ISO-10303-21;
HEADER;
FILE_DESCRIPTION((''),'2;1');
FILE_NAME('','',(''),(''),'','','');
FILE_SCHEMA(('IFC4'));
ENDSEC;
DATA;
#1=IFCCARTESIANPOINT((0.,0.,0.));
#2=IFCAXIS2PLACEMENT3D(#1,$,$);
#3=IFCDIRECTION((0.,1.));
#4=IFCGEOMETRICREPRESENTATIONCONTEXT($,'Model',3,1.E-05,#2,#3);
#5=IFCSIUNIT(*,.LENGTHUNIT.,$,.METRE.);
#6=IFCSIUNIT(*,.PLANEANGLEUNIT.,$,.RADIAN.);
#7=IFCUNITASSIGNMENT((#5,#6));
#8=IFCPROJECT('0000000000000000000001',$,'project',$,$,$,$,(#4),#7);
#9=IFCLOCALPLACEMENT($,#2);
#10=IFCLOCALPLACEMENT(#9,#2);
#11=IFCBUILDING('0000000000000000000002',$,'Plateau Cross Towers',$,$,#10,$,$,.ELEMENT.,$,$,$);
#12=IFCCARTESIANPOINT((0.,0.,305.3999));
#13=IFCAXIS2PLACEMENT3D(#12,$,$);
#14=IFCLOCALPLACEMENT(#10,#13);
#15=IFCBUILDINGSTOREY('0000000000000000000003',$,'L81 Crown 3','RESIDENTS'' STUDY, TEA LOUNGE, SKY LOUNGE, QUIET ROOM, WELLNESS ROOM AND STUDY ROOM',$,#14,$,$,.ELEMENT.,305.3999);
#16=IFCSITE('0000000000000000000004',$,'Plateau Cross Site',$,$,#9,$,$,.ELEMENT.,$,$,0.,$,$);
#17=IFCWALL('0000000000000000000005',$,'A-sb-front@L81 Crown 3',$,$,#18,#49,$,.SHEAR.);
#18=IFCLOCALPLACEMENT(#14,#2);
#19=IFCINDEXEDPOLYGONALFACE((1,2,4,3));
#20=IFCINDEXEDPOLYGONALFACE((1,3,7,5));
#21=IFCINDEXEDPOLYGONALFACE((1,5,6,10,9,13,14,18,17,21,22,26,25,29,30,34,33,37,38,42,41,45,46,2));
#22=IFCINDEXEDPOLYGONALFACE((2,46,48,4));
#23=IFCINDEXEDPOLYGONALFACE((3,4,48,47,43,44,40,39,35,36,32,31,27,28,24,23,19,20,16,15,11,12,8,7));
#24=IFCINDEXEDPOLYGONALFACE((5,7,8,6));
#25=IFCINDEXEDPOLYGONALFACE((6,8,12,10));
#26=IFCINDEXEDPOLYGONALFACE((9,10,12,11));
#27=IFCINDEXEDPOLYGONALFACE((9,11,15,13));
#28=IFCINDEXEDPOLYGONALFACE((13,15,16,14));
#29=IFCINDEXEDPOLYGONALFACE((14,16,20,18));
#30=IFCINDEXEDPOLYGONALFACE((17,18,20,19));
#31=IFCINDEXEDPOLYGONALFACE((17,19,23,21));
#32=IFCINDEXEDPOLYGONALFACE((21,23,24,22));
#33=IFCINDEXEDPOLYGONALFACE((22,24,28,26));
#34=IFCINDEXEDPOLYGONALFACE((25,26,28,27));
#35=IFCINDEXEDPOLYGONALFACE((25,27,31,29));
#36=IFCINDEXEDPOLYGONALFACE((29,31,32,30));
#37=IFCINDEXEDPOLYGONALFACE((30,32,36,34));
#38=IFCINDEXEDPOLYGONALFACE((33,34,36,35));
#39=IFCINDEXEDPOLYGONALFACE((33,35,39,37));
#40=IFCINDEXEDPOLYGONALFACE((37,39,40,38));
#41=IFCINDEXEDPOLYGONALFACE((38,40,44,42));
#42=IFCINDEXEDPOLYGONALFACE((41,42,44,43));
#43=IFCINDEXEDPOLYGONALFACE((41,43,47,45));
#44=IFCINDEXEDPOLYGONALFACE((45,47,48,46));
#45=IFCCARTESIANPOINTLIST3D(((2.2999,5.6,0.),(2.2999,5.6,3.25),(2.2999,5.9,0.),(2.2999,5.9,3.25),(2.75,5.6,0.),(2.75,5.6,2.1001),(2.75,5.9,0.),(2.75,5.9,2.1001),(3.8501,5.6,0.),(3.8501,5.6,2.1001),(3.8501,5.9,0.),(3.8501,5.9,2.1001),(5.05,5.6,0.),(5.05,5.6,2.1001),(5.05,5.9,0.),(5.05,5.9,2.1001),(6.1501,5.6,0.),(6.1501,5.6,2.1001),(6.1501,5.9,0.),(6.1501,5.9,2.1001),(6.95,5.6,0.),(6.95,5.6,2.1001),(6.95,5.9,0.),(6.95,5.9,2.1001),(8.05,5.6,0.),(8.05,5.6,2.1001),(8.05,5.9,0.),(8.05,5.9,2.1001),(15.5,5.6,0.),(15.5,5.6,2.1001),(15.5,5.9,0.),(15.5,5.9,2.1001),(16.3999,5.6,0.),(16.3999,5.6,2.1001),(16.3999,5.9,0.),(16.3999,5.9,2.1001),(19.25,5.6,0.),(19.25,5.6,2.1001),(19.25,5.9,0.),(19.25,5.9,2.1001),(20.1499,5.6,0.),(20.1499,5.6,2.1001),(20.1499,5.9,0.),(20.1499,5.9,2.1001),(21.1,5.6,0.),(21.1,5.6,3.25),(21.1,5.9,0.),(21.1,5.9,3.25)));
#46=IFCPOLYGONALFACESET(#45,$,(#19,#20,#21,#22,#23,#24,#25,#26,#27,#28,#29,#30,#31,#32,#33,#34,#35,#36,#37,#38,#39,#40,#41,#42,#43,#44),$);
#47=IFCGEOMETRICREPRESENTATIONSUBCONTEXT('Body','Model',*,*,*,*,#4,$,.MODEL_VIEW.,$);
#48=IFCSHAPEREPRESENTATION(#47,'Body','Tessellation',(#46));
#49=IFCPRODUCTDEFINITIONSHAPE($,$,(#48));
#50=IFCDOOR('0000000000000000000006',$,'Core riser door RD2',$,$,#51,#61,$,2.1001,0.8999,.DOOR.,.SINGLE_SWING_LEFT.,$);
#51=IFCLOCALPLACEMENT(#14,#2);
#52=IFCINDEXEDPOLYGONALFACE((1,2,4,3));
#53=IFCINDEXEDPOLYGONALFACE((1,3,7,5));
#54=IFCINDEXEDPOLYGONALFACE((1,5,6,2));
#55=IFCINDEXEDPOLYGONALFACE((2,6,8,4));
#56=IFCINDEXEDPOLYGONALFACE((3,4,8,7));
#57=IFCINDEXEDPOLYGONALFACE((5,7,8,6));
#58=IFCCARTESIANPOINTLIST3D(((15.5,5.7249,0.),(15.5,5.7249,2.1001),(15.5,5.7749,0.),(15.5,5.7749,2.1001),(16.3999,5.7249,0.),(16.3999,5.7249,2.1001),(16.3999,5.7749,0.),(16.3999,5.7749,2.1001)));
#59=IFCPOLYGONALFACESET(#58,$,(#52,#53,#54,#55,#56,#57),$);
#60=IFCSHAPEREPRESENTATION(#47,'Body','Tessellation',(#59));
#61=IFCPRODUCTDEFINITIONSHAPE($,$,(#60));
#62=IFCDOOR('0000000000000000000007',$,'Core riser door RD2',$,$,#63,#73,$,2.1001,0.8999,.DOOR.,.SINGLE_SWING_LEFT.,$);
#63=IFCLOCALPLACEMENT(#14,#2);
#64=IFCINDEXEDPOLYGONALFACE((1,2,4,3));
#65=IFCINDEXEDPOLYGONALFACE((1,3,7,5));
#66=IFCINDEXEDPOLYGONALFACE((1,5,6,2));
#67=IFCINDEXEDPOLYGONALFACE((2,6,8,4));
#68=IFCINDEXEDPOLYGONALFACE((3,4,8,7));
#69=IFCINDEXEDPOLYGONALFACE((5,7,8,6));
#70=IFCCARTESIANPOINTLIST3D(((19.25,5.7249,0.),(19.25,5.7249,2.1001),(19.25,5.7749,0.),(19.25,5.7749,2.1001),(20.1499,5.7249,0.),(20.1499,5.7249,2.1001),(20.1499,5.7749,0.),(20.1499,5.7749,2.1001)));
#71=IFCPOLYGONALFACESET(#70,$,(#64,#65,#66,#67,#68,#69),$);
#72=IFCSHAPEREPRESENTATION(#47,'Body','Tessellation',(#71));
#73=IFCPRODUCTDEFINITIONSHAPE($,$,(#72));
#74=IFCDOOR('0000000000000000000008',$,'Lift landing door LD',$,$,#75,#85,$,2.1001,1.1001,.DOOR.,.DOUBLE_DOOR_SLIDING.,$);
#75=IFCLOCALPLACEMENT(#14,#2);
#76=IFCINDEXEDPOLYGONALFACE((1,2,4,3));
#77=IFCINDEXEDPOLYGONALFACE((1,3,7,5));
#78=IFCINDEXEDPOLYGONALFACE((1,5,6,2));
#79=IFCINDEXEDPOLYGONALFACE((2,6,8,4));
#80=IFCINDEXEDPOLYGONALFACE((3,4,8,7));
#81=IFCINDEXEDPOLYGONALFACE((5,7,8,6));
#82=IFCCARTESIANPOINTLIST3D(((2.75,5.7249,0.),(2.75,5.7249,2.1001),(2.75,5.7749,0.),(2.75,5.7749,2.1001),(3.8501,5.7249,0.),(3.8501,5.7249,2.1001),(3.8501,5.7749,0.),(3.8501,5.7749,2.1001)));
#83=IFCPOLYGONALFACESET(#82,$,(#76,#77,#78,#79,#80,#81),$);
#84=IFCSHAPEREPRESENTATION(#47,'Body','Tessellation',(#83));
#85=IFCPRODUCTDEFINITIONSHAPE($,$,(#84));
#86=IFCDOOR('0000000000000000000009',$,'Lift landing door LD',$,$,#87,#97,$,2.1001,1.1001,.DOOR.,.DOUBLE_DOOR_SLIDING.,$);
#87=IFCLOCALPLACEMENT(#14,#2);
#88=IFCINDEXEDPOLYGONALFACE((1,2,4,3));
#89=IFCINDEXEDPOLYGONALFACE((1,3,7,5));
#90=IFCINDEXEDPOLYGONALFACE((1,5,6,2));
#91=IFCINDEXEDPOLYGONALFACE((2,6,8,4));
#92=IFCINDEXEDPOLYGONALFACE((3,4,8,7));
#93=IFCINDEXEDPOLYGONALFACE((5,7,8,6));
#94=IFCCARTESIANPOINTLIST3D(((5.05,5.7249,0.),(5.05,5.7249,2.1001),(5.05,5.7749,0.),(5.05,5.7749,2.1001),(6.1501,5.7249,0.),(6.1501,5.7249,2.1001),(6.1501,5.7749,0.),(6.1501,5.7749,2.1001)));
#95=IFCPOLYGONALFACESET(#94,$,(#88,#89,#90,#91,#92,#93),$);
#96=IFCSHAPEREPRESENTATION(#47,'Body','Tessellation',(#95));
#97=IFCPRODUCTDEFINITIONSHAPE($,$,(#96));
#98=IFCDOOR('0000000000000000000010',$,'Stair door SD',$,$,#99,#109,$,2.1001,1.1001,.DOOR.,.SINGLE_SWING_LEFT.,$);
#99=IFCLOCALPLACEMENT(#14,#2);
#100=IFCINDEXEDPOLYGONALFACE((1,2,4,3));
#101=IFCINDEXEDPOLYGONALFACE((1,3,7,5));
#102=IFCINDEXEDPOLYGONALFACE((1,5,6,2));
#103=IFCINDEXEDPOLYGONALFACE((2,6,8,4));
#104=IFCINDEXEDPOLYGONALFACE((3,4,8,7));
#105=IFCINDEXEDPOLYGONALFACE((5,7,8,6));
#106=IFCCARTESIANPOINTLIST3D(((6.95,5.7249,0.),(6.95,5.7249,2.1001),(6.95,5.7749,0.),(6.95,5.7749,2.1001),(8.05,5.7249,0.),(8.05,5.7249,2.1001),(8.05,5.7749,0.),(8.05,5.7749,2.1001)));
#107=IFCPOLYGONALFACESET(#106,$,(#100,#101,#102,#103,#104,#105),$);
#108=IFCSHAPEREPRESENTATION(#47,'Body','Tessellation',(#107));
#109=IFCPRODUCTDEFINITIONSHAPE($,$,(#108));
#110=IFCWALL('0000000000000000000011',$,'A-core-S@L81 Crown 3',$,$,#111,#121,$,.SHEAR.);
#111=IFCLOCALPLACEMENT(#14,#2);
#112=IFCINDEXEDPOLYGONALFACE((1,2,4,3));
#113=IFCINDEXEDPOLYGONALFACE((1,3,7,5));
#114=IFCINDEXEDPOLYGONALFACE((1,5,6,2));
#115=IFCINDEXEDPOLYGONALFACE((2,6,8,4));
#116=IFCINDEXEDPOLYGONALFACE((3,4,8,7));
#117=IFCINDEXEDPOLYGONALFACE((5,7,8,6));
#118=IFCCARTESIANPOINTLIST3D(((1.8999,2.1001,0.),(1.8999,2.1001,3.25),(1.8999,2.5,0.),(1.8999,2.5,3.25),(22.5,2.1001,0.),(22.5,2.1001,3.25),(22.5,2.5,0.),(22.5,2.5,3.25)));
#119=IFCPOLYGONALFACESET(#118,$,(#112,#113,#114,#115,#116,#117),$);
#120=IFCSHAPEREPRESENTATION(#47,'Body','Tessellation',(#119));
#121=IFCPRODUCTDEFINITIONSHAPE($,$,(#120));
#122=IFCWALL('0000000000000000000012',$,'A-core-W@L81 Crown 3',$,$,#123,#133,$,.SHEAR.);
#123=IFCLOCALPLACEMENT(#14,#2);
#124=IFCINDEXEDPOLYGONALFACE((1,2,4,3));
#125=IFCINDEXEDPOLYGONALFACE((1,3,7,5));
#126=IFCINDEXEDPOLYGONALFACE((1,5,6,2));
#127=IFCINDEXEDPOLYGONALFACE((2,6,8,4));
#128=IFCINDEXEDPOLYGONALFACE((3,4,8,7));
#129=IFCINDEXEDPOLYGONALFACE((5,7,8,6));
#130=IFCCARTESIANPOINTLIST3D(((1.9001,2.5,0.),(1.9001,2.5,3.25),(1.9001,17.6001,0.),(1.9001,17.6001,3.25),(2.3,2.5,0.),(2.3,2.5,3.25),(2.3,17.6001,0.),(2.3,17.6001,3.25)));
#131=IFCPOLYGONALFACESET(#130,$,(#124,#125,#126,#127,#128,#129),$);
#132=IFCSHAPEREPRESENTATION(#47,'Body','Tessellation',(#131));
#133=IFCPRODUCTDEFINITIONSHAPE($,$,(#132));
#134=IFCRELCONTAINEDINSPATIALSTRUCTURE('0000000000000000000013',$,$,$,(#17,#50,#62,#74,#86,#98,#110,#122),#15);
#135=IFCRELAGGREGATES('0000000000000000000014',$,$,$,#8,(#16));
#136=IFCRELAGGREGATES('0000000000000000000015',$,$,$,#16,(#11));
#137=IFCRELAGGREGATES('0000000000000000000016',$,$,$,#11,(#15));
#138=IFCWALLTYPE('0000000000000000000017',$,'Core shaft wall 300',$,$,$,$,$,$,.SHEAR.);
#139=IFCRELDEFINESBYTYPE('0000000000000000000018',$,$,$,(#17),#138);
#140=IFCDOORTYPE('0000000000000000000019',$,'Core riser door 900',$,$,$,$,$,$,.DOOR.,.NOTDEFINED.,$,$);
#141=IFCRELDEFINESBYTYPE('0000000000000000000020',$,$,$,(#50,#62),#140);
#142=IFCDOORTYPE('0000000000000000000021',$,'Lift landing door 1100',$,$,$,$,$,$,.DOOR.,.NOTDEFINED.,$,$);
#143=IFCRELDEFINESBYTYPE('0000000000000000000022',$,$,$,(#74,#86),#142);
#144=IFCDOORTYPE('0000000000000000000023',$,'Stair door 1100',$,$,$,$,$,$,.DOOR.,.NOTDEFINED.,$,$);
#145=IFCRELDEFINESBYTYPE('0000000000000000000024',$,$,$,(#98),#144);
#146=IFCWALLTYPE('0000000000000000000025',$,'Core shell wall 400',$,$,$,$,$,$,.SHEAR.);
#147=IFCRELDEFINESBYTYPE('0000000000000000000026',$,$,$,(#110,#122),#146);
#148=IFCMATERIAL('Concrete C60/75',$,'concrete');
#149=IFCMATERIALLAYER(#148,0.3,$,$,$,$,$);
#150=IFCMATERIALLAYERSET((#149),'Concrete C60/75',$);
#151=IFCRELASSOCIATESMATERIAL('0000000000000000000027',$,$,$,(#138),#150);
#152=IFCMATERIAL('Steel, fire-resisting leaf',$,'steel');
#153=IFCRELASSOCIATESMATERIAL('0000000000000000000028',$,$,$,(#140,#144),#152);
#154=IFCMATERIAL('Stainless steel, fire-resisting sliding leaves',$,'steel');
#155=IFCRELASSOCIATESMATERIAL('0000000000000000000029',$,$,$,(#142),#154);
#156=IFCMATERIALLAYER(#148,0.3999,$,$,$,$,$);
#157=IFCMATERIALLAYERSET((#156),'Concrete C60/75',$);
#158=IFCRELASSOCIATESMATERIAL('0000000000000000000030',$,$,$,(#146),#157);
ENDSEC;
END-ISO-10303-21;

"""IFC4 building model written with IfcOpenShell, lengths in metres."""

from ifc_helpers import new_model, si_unit, direction, frame, frame_2d, origin, place, context, subcontext, project, spatial, rectangle, extrude, material, layer, layer_set, type_object, element, fill, save


model = new_model("IFC4")

# Units and contexts
model_context = context("Model", 3, precision=1e-05, world=origin(), true_north=direction((0.0, 1.0)))
body_context = subcontext(model_context, "Body", "Model", "MODEL_VIEW")
ifc_project = project(units=[si_unit("LENGTHUNIT", "METRE"), si_unit("PLANEANGLEUNIT", "RADIAN")], contexts=[model_context])

# Site, building, storey
site_placement = place(None, origin())
site = spatial("IfcSite", under=ifc_project, at=site_placement, Name="Plateau Cross Site", CompositionType="ELEMENT", RefElevation=0.0)
building_placement = place(site_placement, origin())
building = spatial("IfcBuilding", under=site, at=building_placement, Name="Plateau Cross Towers", CompositionType="ELEMENT")
storey_placement = place(building_placement, frame((0.0, 0.0, 305.3999)))
storey = spatial("IfcBuildingStorey", under=building, at=storey_placement, Name="L81 Crown 3", Description="RESIDENTS' STUDY, TEA LOUNGE, SKY LOUNGE, QUIET ROOM, WELLNESS ROOM AND STUDY ROOM", CompositionType="ELEMENT", Elevation=305.3999)

# Shared definitions
ifc_material_1 = material(Name="Concrete C60/75", Category="concrete")

# Shared definitions
ifc_layer_1 = layer(ifc_material_1, 0.3)
ifc_layer_set_1 = layer_set([ifc_layer_1], Name="Concrete C60/75")
wall_type_1 = type_object("IfcWallType", Name="Core shaft wall 300", PredefinedType="SHEAR", material=ifc_layer_set_1)

# Wall, openings, doors
wall_1_placement = place(storey_placement, frame((2.3, 5.75, 0.0), z_axis=(0.0, 0.0, 1.0), x_axis=(1.0, 0.0, 0.0)))
wall_1 = element("IfcWall", 1, at=wall_1_placement, inside=storey, type_object=wall_type_1, Name="A-sb-front@L81 Crown 3", PredefinedType="SHEAR", context=body_context, shape_type="SweptSolid", body=[
    extrude(rectangle(XDim=18.8, YDim=0.3, at=frame_2d((9.3999, 0.0))), origin(), (0.0, 0.0, 1.0), 3.25),
])
opening_1_placement = place(wall_1_placement, frame((4.6499, 0.0, 0.0)))
opening_1 = element("IfcOpeningElement", 2, at=opening_1_placement, cuts=wall_1, PredefinedType="OPENING", context=body_context, shape_type="SweptSolid", body=[
    extrude(rectangle(XDim=1.1001, YDim=2.1001, at=frame_2d((0.55, 1.05))), frame((0.0, 0.1599, 0.0), z_axis=(0.0, -1.0, 0.0), x_axis=(1.0, 0.0, 0.0)), (0.0, 0.0, 1.0), 0.3201),
])
opening_2_placement = place(wall_1_placement, frame((0.45, 0.0, 0.0)))
opening_2 = element("IfcOpeningElement", 3, at=opening_2_placement, cuts=wall_1, PredefinedType="OPENING", context=body_context, shape_type="SweptSolid", body=[
    extrude(rectangle(XDim=1.1001, YDim=2.1001, at=frame_2d((0.55, 1.05))), frame((0.0, 0.1599, 0.0), z_axis=(0.0, -1.0, 0.0), x_axis=(1.0, 0.0, 0.0)), (0.0, 0.0, 1.0), 0.3201),
])
opening_3_placement = place(wall_1_placement, frame((2.75, 0.0, 0.0)))
opening_3 = element("IfcOpeningElement", 4, at=opening_3_placement, cuts=wall_1, PredefinedType="OPENING", context=body_context, shape_type="SweptSolid", body=[
    extrude(rectangle(XDim=1.1001, YDim=2.1001, at=frame_2d((0.55, 1.05))), frame((0.0, 0.1599, 0.0), z_axis=(0.0, -1.0, 0.0), x_axis=(1.0, 0.0, 0.0)), (0.0, 0.0, 1.0), 0.3201),
])
opening_4_placement = place(wall_1_placement, frame((13.2, 0.0, 0.0)))
opening_4 = element("IfcOpeningElement", 5, at=opening_4_placement, cuts=wall_1, PredefinedType="OPENING", context=body_context, shape_type="SweptSolid", body=[
    extrude(rectangle(XDim=0.8999, YDim=2.1001, at=frame_2d((0.45, 1.05))), frame((0.0, 0.1599, 0.0), z_axis=(0.0, -1.0, 0.0), x_axis=(1.0, 0.0, 0.0)), (0.0, 0.0, 1.0), 0.3201),
])
opening_5_placement = place(wall_1_placement, frame((16.95, 0.0, 0.0)))
opening_5 = element("IfcOpeningElement", 6, at=opening_5_placement, cuts=wall_1, PredefinedType="OPENING", context=body_context, shape_type="SweptSolid", body=[
    extrude(rectangle(XDim=0.8999, YDim=2.1001, at=frame_2d((0.45, 1.05))), frame((0.0, 0.1599, 0.0), z_axis=(0.0, -1.0, 0.0), x_axis=(1.0, 0.0, 0.0)), (0.0, 0.0, 1.0), 0.3201),
])
ifc_material_2 = material(Name="Steel, fire-resisting leaf", Category="steel")
door_type_1 = type_object("IfcDoorType", Name="Core riser door 900", OperationType="NOTDEFINED", PredefinedType="DOOR", material=ifc_material_2)
door_1_placement = place(opening_4_placement, origin())
door_1 = element("IfcDoor", 7, at=door_1_placement, inside=storey, type_object=door_type_1, Name="Core riser door RD2", OperationType="SINGLE_SWING_LEFT", OverallHeight=2.1001, OverallWidth=0.8999, PredefinedType="DOOR", context=body_context, shape_type="SweptSolid", body=[
    extrude(rectangle(XDim=0.8999, YDim=2.1001, at=frame_2d((0.45, 1.05))), frame((0.0, 0.0249, 0.0), z_axis=(0.0, -1.0, 0.0), x_axis=(1.0, 0.0, 0.0)), (0.0, 0.0, 1.0), 0.05),
])
fill(opening_4, door_1)
door_2_placement = place(opening_5_placement, origin())
door_2 = element("IfcDoor", 8, at=door_2_placement, inside=storey, type_object=door_type_1, Name="Core riser door RD2", OperationType="SINGLE_SWING_LEFT", OverallHeight=2.1001, OverallWidth=0.8999, PredefinedType="DOOR", context=body_context, shape_type="SweptSolid", body=[
    extrude(rectangle(XDim=0.8999, YDim=2.1001, at=frame_2d((0.45, 1.05))), frame((0.0, 0.0249, 0.0), z_axis=(0.0, -1.0, 0.0), x_axis=(1.0, 0.0, 0.0)), (0.0, 0.0, 1.0), 0.05),
])
fill(opening_5, door_2)
ifc_material_3 = material(Name="Stainless steel, fire-resisting sliding leaves", Category="steel")
door_type_2 = type_object("IfcDoorType", Name="Lift landing door 1100", OperationType="NOTDEFINED", PredefinedType="DOOR", material=ifc_material_3)
door_3_placement = place(opening_2_placement, origin())
door_3 = element("IfcDoor", 9, at=door_3_placement, inside=storey, type_object=door_type_2, Name="Lift landing door LD", OperationType="DOUBLE_DOOR_SLIDING", OverallHeight=2.1001, OverallWidth=1.1001, PredefinedType="DOOR", context=body_context, shape_type="SweptSolid", body=[
    extrude(rectangle(XDim=1.1001, YDim=2.1001, at=frame_2d((0.55, 1.05))), frame((0.0, 0.0249, 0.0), z_axis=(0.0, -1.0, 0.0), x_axis=(1.0, 0.0, 0.0)), (0.0, 0.0, 1.0), 0.05),
])
fill(opening_2, door_3)
door_4_placement = place(opening_3_placement, origin())
door_4 = element("IfcDoor", 10, at=door_4_placement, inside=storey, type_object=door_type_2, Name="Lift landing door LD", OperationType="DOUBLE_DOOR_SLIDING", OverallHeight=2.1001, OverallWidth=1.1001, PredefinedType="DOOR", context=body_context, shape_type="SweptSolid", body=[
    extrude(rectangle(XDim=1.1001, YDim=2.1001, at=frame_2d((0.55, 1.05))), frame((0.0, 0.0249, 0.0), z_axis=(0.0, -1.0, 0.0), x_axis=(1.0, 0.0, 0.0)), (0.0, 0.0, 1.0), 0.05),
])
fill(opening_3, door_4)
door_type_3 = type_object("IfcDoorType", Name="Stair door 1100", OperationType="NOTDEFINED", PredefinedType="DOOR", material=ifc_material_2)
door_5_placement = place(opening_1_placement, origin())
door_5 = element("IfcDoor", 11, at=door_5_placement, inside=storey, type_object=door_type_3, Name="Stair door SD", OperationType="SINGLE_SWING_LEFT", OverallHeight=2.1001, OverallWidth=1.1001, PredefinedType="DOOR", context=body_context, shape_type="SweptSolid", body=[
    extrude(rectangle(XDim=1.1001, YDim=2.1001, at=frame_2d((0.55, 1.05))), frame((0.0, 0.0249, 0.0), z_axis=(0.0, -1.0, 0.0), x_axis=(1.0, 0.0, 0.0)), (0.0, 0.0, 1.0), 0.05),
])
fill(opening_1, door_5)

# Walls
ifc_layer_2 = layer(ifc_material_1, 0.3999)
ifc_layer_set_2 = layer_set([ifc_layer_2], Name="Concrete C60/75")
wall_type_2 = type_object("IfcWallType", Name="Core shell wall 400", PredefinedType="SHEAR", material=ifc_layer_set_2)
wall_2_placement = place(storey_placement, frame((1.8999, 2.3, 0.0), z_axis=(0.0, 0.0, 1.0), x_axis=(1.0, 0.0, 0.0)))
element("IfcWall", 12, at=wall_2_placement, inside=storey, type_object=wall_type_2, Name="A-core-S@L81 Crown 3", PredefinedType="SHEAR", context=body_context, shape_type="SweptSolid", body=[
    extrude(rectangle(XDim=20.6001, YDim=0.3999, at=frame_2d((10.3, 0.0))), origin(), (0.0, 0.0, 1.0), 3.25),
])
wall_3_placement = place(storey_placement, frame((2.1001, 2.5, 0.0), z_axis=(0.0, 0.0, 1.0), x_axis=(0.0, 1.0, 0.0)))
element("IfcWall", 13, at=wall_3_placement, inside=storey, type_object=wall_type_2, Name="A-core-W@L81 Crown 3", PredefinedType="SHEAR", context=body_context, shape_type="SweptSolid", body=[
    extrude(rectangle(XDim=15.1001, YDim=0.3999, at=frame_2d((7.55, 0.0))), origin(), (0.0, 0.0, 1.0), 3.25),
])

save(model, "model.ifc")
